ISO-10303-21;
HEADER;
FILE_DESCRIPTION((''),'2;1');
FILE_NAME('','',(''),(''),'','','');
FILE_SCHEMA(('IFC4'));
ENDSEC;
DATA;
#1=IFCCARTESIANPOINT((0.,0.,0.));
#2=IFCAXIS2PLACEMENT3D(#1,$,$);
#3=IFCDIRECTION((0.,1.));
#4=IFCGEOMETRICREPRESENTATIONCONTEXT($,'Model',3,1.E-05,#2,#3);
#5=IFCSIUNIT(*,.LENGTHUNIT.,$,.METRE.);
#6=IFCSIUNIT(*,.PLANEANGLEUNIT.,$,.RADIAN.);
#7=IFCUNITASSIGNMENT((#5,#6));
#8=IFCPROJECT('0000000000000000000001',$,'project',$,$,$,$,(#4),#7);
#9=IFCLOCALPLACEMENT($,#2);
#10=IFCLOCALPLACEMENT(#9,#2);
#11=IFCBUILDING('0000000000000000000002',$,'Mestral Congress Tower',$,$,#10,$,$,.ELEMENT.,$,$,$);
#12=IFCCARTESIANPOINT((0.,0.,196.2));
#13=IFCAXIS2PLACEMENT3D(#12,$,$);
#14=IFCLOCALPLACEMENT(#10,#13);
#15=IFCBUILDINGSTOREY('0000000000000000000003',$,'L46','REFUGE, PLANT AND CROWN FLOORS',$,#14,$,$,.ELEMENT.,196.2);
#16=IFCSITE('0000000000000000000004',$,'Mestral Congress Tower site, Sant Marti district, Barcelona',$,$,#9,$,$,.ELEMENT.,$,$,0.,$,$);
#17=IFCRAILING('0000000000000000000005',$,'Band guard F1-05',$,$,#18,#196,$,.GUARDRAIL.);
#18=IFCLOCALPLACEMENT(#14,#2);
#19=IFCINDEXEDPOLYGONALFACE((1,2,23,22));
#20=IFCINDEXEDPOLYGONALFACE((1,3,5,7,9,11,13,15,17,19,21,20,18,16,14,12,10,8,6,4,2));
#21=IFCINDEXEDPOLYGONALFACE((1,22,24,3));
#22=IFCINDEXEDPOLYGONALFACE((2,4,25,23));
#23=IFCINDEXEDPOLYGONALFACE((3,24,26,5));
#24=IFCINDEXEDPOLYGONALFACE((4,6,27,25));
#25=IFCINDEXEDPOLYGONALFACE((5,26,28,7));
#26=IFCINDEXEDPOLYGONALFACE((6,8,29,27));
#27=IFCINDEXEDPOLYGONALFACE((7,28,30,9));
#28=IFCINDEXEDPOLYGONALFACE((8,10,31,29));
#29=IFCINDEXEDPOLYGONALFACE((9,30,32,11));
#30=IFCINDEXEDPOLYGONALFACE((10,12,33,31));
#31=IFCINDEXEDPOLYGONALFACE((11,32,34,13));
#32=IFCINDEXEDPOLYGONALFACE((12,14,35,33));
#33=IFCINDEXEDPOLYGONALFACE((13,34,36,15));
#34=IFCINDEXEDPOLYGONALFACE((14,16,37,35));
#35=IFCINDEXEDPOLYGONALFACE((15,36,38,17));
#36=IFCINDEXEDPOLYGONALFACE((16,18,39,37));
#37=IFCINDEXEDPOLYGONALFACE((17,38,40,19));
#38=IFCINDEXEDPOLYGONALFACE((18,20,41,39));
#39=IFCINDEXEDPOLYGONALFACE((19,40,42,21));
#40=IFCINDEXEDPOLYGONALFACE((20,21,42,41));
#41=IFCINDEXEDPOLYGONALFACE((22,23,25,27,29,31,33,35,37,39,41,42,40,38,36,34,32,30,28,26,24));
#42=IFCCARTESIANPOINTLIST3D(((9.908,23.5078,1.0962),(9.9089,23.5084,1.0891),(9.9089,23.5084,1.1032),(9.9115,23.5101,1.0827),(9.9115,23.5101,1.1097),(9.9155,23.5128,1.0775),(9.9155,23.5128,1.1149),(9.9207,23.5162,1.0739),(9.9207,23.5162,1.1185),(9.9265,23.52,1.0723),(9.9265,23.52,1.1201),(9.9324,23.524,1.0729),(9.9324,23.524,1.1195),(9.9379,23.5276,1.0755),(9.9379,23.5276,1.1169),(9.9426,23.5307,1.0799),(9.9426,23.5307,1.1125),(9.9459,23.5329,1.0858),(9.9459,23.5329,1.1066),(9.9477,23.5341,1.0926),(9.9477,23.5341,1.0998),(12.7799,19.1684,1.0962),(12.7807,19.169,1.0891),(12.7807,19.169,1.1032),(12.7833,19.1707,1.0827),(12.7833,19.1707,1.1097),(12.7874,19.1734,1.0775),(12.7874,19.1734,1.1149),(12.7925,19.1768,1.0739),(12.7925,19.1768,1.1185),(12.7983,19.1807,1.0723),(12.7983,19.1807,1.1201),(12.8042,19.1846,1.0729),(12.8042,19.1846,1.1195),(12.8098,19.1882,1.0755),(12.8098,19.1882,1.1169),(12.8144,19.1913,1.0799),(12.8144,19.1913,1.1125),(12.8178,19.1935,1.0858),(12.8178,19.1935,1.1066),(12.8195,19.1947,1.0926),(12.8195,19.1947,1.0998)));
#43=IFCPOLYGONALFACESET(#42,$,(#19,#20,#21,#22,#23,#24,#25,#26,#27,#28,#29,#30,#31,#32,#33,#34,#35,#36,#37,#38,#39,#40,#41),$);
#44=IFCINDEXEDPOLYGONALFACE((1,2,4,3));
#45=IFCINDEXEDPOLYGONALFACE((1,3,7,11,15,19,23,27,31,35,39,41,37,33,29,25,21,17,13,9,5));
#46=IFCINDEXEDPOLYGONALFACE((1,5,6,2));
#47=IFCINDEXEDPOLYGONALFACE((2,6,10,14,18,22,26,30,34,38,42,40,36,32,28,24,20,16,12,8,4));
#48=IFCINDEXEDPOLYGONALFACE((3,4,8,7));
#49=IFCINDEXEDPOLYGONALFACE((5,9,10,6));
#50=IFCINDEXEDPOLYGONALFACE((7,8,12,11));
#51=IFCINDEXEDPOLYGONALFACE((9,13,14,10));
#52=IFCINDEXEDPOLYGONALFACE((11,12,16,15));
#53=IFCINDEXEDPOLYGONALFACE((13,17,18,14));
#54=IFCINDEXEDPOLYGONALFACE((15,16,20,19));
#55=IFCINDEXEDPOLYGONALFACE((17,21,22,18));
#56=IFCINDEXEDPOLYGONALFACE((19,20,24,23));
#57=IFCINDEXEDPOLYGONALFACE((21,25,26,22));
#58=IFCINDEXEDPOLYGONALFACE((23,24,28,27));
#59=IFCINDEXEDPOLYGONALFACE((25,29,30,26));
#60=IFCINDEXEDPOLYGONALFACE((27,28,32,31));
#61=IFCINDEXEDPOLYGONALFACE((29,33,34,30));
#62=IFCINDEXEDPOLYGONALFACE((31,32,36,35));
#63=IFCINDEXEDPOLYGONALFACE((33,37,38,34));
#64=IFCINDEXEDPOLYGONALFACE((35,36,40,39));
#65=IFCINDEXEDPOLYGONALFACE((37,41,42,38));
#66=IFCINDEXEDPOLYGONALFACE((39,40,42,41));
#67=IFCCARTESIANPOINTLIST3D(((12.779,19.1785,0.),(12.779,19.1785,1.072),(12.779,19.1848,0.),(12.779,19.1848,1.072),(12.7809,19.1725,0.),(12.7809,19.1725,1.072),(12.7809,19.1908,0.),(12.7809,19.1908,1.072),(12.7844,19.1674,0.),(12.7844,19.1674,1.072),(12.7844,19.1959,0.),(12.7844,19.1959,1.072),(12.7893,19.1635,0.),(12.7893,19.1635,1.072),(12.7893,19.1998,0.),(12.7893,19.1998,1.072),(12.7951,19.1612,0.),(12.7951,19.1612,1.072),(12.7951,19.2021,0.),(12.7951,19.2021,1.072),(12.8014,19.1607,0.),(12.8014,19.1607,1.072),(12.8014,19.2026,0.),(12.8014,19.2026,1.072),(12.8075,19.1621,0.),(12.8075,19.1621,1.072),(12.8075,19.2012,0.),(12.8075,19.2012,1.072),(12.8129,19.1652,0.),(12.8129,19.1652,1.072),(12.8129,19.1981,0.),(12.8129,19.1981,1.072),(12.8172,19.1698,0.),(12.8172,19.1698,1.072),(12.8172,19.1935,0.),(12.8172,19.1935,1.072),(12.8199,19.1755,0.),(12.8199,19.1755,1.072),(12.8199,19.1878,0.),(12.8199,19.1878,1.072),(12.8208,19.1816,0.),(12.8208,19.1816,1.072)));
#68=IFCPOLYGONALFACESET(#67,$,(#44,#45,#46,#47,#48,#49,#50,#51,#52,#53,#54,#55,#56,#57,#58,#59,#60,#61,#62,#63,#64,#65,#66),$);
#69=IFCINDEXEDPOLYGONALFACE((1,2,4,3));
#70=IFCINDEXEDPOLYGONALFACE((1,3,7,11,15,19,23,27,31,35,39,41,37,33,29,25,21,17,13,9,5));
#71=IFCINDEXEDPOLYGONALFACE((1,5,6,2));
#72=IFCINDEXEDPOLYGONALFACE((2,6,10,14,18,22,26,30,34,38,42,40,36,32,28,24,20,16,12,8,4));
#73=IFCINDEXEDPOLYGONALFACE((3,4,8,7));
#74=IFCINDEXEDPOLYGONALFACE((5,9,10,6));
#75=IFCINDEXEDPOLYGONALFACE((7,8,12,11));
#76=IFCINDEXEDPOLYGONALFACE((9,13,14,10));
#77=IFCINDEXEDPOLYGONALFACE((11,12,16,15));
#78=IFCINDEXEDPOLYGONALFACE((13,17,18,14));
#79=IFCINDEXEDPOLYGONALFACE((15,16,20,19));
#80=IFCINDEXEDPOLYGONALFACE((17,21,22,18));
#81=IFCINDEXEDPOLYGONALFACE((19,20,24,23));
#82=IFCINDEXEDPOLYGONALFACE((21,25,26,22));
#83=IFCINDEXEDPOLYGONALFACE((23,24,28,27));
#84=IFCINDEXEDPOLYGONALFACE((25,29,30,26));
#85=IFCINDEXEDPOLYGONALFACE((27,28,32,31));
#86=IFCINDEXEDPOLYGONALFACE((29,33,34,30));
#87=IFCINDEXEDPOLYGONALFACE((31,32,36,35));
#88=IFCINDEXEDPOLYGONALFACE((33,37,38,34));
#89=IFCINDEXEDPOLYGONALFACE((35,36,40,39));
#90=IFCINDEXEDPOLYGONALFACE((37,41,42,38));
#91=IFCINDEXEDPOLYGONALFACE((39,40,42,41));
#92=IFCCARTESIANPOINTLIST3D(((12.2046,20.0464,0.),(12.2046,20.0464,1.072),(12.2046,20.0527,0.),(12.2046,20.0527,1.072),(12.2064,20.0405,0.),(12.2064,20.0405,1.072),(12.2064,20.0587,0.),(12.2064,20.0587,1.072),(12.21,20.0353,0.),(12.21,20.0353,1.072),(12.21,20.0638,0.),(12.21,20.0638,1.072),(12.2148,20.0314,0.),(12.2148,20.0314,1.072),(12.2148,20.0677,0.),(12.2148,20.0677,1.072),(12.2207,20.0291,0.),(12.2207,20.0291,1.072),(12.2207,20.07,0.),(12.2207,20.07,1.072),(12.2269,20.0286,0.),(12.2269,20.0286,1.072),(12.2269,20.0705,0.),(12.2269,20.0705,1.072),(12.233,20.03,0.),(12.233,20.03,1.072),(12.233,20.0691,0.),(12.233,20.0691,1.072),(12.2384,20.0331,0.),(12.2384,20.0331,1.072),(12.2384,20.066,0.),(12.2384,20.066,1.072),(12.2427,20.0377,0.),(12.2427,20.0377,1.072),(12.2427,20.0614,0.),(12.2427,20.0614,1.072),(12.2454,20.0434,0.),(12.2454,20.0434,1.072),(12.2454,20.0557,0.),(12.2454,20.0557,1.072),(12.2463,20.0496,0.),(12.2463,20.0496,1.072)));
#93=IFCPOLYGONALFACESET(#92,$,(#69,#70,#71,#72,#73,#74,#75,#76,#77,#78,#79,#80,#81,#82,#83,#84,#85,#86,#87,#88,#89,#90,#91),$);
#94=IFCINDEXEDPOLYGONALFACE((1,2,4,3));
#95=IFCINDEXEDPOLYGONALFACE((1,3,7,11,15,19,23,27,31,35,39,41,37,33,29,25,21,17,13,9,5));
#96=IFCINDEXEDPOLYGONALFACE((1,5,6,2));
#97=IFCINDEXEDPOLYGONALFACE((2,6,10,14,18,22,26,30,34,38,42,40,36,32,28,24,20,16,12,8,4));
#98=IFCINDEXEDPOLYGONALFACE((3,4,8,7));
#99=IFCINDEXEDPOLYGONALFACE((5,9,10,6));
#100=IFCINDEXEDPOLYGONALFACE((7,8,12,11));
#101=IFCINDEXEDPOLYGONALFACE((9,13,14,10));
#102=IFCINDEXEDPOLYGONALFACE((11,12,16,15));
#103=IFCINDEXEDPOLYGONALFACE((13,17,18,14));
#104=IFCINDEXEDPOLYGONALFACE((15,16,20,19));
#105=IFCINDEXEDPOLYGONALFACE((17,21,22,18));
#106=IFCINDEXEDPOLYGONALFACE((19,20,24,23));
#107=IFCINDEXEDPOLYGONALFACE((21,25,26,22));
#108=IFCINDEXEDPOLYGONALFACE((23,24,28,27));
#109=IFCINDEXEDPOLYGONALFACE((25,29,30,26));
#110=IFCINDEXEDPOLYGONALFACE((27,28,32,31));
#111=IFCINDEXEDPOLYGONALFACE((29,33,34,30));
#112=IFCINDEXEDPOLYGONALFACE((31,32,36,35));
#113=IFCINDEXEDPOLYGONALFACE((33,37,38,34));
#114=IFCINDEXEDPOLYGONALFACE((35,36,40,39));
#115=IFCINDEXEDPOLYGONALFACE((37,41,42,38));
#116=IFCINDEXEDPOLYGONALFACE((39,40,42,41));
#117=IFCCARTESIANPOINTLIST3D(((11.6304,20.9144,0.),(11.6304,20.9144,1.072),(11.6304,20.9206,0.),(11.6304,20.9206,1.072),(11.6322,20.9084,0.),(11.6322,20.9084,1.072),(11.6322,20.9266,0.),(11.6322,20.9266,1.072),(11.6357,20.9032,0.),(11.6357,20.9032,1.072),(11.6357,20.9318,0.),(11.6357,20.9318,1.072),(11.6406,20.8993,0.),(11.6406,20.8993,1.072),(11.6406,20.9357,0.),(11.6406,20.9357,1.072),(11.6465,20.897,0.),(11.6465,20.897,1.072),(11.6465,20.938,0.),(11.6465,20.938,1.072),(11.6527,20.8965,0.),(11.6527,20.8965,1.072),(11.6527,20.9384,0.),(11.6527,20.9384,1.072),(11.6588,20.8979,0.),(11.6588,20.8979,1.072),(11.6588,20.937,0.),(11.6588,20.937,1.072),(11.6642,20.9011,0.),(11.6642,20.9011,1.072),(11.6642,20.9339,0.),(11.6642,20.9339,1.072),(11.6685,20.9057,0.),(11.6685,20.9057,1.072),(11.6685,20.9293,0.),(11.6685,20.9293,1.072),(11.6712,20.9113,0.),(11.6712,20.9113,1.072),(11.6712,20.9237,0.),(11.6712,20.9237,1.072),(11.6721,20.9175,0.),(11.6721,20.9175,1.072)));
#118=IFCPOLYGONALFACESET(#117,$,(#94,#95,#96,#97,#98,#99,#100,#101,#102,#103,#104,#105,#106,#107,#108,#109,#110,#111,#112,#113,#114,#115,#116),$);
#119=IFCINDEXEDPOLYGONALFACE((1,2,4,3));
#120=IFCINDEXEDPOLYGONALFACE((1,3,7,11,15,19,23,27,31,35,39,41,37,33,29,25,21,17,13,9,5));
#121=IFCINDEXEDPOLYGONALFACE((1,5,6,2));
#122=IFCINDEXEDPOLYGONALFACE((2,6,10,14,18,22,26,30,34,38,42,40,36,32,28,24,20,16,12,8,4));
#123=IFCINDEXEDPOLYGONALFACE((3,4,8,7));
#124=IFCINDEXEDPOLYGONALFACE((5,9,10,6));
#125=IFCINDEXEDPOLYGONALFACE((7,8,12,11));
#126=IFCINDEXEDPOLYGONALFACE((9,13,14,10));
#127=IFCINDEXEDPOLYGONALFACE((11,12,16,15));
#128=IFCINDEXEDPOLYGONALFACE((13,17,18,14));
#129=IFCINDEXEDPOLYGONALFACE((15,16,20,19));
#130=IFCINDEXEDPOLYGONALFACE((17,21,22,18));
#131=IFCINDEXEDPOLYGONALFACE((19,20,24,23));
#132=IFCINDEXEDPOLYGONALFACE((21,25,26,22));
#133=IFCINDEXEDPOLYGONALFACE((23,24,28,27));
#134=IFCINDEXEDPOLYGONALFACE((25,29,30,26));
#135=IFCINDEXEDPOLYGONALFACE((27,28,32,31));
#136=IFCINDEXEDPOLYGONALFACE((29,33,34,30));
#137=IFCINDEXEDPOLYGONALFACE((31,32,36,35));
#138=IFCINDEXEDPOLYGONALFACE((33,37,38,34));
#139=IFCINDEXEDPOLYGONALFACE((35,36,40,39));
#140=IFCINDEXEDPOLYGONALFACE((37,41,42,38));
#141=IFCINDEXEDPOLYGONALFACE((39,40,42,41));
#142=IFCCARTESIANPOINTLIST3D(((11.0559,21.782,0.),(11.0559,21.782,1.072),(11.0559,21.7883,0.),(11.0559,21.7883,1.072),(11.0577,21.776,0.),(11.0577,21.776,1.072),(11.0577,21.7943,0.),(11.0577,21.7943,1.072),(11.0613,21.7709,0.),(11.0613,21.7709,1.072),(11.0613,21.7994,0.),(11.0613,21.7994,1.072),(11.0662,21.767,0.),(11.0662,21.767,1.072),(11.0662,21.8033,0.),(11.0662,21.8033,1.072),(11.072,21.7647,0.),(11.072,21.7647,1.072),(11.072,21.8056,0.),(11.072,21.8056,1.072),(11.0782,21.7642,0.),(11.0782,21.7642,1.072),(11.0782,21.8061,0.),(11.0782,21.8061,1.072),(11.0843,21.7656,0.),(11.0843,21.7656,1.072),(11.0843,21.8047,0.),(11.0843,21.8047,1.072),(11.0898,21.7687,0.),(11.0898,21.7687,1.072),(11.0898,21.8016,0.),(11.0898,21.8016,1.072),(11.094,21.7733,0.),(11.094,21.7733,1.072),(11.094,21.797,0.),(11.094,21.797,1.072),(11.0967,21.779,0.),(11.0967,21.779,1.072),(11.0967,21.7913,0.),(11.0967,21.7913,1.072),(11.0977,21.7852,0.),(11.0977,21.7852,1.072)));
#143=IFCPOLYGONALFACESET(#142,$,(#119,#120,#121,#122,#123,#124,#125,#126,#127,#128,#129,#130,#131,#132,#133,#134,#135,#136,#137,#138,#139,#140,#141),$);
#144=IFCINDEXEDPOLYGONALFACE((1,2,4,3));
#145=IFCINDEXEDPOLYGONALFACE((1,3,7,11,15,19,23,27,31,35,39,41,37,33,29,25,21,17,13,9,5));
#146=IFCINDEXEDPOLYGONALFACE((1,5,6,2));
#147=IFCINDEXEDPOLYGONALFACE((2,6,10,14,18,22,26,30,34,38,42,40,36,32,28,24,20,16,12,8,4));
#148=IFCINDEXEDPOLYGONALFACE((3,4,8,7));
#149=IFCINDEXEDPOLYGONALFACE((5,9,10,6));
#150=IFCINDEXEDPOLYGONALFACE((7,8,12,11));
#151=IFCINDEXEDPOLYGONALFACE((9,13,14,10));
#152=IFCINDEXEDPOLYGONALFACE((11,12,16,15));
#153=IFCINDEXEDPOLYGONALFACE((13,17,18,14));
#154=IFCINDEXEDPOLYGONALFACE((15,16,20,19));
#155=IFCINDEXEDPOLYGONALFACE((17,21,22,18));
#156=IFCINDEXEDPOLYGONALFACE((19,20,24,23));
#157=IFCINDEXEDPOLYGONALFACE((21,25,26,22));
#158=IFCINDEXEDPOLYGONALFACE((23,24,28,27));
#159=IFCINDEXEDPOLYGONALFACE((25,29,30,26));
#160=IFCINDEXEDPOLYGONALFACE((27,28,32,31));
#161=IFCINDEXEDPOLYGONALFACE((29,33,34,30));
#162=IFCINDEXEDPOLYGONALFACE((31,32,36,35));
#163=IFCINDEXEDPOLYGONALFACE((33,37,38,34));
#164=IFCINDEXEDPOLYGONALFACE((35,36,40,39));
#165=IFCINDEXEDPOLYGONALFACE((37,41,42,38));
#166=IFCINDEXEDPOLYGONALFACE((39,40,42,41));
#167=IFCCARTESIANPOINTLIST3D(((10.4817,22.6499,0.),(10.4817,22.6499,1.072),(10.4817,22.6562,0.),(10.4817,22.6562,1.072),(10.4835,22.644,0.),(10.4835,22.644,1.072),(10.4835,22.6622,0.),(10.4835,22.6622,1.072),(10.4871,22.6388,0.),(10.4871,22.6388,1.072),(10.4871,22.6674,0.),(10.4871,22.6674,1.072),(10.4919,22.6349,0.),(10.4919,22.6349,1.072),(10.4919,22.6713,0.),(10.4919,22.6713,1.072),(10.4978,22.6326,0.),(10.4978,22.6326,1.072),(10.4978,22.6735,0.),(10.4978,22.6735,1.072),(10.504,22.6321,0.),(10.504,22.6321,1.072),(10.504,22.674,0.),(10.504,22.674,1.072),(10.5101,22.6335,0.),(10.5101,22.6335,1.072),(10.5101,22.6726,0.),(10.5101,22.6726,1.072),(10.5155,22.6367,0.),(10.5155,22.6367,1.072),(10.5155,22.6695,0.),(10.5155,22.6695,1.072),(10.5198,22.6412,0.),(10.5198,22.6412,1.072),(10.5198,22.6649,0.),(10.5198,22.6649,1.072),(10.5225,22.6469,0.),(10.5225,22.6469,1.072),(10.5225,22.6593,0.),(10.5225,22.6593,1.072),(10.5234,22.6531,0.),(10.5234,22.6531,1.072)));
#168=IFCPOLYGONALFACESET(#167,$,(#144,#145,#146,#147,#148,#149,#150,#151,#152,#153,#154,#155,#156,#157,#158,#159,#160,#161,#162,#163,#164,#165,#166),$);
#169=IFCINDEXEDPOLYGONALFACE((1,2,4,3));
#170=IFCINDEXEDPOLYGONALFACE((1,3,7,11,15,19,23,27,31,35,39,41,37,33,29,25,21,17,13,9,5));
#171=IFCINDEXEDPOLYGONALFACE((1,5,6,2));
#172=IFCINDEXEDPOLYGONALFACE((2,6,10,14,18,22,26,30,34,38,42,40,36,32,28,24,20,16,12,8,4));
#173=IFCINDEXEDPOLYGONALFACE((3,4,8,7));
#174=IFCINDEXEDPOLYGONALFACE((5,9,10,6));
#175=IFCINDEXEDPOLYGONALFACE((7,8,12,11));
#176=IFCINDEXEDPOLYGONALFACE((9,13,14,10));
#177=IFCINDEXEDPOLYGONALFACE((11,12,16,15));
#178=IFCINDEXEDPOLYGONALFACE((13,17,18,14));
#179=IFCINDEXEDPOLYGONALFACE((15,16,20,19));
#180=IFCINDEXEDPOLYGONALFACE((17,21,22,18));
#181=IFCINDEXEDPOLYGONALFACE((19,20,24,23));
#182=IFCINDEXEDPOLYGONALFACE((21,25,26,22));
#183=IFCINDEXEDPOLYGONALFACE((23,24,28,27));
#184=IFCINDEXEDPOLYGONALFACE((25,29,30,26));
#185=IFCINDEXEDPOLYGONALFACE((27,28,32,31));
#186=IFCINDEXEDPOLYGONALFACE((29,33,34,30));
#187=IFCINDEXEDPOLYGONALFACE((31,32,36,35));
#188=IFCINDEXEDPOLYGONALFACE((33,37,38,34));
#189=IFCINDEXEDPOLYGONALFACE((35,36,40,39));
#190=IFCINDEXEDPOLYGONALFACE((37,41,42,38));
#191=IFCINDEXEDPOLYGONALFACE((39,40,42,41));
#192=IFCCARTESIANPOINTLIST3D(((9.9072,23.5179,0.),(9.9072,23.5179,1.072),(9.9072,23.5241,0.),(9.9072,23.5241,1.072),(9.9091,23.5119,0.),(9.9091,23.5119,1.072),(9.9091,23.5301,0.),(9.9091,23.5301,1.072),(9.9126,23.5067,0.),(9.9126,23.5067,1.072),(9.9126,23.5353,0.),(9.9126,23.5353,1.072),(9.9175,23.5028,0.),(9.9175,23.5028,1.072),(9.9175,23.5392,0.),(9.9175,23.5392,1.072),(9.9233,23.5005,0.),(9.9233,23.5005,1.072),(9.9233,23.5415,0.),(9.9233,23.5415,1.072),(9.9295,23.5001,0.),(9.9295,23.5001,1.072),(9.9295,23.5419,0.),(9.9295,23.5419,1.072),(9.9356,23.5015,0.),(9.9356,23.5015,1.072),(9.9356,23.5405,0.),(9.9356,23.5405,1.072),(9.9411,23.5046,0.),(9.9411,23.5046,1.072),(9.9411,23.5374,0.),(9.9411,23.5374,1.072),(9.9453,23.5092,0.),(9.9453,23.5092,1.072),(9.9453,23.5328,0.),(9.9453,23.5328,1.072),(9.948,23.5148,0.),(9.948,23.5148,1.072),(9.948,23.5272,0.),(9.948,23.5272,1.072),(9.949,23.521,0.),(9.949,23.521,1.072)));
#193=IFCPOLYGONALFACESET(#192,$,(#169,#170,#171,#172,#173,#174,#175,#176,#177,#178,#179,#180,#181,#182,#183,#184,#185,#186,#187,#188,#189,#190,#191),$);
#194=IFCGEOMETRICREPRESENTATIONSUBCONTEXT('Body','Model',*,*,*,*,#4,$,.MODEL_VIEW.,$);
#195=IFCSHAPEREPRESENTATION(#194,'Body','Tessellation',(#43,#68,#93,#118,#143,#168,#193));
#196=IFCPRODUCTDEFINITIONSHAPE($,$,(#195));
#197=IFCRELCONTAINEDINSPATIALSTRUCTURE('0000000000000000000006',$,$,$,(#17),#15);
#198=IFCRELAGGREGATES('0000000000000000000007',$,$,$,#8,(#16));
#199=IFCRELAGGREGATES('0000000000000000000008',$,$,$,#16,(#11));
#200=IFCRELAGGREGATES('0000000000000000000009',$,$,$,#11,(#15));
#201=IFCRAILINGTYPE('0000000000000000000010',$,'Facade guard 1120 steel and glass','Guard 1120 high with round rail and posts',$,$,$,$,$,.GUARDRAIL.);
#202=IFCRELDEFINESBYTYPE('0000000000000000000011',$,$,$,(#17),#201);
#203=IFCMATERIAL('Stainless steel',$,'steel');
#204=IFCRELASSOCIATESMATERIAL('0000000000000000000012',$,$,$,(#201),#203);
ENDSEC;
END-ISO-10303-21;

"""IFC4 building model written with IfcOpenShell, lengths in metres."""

from ifc_helpers import new_model, si_unit, direction, frame, origin, origin_2d, place, context, subcontext, project, spatial, circle, extrude, material, type_object, element, save


model = new_model("IFC4")

# Units and contexts
model_context = context("Model", 3, precision=1e-05, world=origin(), true_north=direction((0.0, 1.0)))
body_context = subcontext(model_context, "Body", "Model", "MODEL_VIEW")
ifc_project = project(units=[si_unit("LENGTHUNIT", "METRE"), si_unit("PLANEANGLEUNIT", "RADIAN")], contexts=[model_context])

# Site, building, storey
site_placement = place(None, origin())
site = spatial("IfcSite", under=ifc_project, at=site_placement, Name="Mestral Congress Tower site, Sant Marti district, Barcelona", CompositionType="ELEMENT", RefElevation=0.0)
building_placement = place(site_placement, origin())
building = spatial("IfcBuilding", under=site, at=building_placement, Name="Mestral Congress Tower", CompositionType="ELEMENT")
storey_placement = place(building_placement, frame((0.0, 0.0, 196.2)))
storey = spatial("IfcBuildingStorey", under=building, at=storey_placement, Name="L46", Description="REFUGE, PLANT AND CROWN FLOORS", CompositionType="ELEMENT", Elevation=196.2)

# Railing
ifc_material_1 = material(Name="Stainless steel", Category="steel")
railing_type = type_object("IfcRailingType", Name="Facade guard 1120 steel and glass", Description="Guard 1120 high with round rail and posts", PredefinedType="GUARDRAIL", material=ifc_material_1)
railing_1_placement = place(storey_placement, frame((12.7998, 19.1816, 0.0)))
element("IfcRailing", 1, at=railing_1_placement, inside=storey, type_object=railing_type, Name="Band guard F1-05", PredefinedType="GUARDRAIL", context=body_context, shape_type="SweptSolid", body=[
    extrude(circle(Radius=0.0239, at=origin_2d()), frame((0.0, 0.0, 1.0962), z_axis=(-0.551893, 0.833915, 0.0), x_axis=(-0.833915, -0.551893, 0.0)), (0.0, 0.0, 1.0), 5.2036),
    extrude(circle(Radius=0.021, at=origin_2d()), origin(), (0.0, 0.0, 1.0), 1.072),
    extrude(circle(Radius=0.021, at=origin_2d()), frame((-0.5745, 0.8679, 0.0)), (0.0, 0.0, 1.0), 1.072),
    extrude(circle(Radius=0.021, at=origin_2d()), frame((-1.1487, 1.7358, 0.0)), (0.0, 0.0, 1.0), 1.072),
    extrude(circle(Radius=0.021, at=origin_2d()), frame((-1.7231, 2.6035, 0.0)), (0.0, 0.0, 1.0), 1.072),
    extrude(circle(Radius=0.021, at=origin_2d()), frame((-2.2974, 3.4714, 0.0)), (0.0, 0.0, 1.0), 1.072),
    extrude(circle(Radius=0.021, at=origin_2d()), frame((-2.8718, 4.3394, 0.0)), (0.0, 0.0, 1.0), 1.072),
])

save(model, "model.ifc")
